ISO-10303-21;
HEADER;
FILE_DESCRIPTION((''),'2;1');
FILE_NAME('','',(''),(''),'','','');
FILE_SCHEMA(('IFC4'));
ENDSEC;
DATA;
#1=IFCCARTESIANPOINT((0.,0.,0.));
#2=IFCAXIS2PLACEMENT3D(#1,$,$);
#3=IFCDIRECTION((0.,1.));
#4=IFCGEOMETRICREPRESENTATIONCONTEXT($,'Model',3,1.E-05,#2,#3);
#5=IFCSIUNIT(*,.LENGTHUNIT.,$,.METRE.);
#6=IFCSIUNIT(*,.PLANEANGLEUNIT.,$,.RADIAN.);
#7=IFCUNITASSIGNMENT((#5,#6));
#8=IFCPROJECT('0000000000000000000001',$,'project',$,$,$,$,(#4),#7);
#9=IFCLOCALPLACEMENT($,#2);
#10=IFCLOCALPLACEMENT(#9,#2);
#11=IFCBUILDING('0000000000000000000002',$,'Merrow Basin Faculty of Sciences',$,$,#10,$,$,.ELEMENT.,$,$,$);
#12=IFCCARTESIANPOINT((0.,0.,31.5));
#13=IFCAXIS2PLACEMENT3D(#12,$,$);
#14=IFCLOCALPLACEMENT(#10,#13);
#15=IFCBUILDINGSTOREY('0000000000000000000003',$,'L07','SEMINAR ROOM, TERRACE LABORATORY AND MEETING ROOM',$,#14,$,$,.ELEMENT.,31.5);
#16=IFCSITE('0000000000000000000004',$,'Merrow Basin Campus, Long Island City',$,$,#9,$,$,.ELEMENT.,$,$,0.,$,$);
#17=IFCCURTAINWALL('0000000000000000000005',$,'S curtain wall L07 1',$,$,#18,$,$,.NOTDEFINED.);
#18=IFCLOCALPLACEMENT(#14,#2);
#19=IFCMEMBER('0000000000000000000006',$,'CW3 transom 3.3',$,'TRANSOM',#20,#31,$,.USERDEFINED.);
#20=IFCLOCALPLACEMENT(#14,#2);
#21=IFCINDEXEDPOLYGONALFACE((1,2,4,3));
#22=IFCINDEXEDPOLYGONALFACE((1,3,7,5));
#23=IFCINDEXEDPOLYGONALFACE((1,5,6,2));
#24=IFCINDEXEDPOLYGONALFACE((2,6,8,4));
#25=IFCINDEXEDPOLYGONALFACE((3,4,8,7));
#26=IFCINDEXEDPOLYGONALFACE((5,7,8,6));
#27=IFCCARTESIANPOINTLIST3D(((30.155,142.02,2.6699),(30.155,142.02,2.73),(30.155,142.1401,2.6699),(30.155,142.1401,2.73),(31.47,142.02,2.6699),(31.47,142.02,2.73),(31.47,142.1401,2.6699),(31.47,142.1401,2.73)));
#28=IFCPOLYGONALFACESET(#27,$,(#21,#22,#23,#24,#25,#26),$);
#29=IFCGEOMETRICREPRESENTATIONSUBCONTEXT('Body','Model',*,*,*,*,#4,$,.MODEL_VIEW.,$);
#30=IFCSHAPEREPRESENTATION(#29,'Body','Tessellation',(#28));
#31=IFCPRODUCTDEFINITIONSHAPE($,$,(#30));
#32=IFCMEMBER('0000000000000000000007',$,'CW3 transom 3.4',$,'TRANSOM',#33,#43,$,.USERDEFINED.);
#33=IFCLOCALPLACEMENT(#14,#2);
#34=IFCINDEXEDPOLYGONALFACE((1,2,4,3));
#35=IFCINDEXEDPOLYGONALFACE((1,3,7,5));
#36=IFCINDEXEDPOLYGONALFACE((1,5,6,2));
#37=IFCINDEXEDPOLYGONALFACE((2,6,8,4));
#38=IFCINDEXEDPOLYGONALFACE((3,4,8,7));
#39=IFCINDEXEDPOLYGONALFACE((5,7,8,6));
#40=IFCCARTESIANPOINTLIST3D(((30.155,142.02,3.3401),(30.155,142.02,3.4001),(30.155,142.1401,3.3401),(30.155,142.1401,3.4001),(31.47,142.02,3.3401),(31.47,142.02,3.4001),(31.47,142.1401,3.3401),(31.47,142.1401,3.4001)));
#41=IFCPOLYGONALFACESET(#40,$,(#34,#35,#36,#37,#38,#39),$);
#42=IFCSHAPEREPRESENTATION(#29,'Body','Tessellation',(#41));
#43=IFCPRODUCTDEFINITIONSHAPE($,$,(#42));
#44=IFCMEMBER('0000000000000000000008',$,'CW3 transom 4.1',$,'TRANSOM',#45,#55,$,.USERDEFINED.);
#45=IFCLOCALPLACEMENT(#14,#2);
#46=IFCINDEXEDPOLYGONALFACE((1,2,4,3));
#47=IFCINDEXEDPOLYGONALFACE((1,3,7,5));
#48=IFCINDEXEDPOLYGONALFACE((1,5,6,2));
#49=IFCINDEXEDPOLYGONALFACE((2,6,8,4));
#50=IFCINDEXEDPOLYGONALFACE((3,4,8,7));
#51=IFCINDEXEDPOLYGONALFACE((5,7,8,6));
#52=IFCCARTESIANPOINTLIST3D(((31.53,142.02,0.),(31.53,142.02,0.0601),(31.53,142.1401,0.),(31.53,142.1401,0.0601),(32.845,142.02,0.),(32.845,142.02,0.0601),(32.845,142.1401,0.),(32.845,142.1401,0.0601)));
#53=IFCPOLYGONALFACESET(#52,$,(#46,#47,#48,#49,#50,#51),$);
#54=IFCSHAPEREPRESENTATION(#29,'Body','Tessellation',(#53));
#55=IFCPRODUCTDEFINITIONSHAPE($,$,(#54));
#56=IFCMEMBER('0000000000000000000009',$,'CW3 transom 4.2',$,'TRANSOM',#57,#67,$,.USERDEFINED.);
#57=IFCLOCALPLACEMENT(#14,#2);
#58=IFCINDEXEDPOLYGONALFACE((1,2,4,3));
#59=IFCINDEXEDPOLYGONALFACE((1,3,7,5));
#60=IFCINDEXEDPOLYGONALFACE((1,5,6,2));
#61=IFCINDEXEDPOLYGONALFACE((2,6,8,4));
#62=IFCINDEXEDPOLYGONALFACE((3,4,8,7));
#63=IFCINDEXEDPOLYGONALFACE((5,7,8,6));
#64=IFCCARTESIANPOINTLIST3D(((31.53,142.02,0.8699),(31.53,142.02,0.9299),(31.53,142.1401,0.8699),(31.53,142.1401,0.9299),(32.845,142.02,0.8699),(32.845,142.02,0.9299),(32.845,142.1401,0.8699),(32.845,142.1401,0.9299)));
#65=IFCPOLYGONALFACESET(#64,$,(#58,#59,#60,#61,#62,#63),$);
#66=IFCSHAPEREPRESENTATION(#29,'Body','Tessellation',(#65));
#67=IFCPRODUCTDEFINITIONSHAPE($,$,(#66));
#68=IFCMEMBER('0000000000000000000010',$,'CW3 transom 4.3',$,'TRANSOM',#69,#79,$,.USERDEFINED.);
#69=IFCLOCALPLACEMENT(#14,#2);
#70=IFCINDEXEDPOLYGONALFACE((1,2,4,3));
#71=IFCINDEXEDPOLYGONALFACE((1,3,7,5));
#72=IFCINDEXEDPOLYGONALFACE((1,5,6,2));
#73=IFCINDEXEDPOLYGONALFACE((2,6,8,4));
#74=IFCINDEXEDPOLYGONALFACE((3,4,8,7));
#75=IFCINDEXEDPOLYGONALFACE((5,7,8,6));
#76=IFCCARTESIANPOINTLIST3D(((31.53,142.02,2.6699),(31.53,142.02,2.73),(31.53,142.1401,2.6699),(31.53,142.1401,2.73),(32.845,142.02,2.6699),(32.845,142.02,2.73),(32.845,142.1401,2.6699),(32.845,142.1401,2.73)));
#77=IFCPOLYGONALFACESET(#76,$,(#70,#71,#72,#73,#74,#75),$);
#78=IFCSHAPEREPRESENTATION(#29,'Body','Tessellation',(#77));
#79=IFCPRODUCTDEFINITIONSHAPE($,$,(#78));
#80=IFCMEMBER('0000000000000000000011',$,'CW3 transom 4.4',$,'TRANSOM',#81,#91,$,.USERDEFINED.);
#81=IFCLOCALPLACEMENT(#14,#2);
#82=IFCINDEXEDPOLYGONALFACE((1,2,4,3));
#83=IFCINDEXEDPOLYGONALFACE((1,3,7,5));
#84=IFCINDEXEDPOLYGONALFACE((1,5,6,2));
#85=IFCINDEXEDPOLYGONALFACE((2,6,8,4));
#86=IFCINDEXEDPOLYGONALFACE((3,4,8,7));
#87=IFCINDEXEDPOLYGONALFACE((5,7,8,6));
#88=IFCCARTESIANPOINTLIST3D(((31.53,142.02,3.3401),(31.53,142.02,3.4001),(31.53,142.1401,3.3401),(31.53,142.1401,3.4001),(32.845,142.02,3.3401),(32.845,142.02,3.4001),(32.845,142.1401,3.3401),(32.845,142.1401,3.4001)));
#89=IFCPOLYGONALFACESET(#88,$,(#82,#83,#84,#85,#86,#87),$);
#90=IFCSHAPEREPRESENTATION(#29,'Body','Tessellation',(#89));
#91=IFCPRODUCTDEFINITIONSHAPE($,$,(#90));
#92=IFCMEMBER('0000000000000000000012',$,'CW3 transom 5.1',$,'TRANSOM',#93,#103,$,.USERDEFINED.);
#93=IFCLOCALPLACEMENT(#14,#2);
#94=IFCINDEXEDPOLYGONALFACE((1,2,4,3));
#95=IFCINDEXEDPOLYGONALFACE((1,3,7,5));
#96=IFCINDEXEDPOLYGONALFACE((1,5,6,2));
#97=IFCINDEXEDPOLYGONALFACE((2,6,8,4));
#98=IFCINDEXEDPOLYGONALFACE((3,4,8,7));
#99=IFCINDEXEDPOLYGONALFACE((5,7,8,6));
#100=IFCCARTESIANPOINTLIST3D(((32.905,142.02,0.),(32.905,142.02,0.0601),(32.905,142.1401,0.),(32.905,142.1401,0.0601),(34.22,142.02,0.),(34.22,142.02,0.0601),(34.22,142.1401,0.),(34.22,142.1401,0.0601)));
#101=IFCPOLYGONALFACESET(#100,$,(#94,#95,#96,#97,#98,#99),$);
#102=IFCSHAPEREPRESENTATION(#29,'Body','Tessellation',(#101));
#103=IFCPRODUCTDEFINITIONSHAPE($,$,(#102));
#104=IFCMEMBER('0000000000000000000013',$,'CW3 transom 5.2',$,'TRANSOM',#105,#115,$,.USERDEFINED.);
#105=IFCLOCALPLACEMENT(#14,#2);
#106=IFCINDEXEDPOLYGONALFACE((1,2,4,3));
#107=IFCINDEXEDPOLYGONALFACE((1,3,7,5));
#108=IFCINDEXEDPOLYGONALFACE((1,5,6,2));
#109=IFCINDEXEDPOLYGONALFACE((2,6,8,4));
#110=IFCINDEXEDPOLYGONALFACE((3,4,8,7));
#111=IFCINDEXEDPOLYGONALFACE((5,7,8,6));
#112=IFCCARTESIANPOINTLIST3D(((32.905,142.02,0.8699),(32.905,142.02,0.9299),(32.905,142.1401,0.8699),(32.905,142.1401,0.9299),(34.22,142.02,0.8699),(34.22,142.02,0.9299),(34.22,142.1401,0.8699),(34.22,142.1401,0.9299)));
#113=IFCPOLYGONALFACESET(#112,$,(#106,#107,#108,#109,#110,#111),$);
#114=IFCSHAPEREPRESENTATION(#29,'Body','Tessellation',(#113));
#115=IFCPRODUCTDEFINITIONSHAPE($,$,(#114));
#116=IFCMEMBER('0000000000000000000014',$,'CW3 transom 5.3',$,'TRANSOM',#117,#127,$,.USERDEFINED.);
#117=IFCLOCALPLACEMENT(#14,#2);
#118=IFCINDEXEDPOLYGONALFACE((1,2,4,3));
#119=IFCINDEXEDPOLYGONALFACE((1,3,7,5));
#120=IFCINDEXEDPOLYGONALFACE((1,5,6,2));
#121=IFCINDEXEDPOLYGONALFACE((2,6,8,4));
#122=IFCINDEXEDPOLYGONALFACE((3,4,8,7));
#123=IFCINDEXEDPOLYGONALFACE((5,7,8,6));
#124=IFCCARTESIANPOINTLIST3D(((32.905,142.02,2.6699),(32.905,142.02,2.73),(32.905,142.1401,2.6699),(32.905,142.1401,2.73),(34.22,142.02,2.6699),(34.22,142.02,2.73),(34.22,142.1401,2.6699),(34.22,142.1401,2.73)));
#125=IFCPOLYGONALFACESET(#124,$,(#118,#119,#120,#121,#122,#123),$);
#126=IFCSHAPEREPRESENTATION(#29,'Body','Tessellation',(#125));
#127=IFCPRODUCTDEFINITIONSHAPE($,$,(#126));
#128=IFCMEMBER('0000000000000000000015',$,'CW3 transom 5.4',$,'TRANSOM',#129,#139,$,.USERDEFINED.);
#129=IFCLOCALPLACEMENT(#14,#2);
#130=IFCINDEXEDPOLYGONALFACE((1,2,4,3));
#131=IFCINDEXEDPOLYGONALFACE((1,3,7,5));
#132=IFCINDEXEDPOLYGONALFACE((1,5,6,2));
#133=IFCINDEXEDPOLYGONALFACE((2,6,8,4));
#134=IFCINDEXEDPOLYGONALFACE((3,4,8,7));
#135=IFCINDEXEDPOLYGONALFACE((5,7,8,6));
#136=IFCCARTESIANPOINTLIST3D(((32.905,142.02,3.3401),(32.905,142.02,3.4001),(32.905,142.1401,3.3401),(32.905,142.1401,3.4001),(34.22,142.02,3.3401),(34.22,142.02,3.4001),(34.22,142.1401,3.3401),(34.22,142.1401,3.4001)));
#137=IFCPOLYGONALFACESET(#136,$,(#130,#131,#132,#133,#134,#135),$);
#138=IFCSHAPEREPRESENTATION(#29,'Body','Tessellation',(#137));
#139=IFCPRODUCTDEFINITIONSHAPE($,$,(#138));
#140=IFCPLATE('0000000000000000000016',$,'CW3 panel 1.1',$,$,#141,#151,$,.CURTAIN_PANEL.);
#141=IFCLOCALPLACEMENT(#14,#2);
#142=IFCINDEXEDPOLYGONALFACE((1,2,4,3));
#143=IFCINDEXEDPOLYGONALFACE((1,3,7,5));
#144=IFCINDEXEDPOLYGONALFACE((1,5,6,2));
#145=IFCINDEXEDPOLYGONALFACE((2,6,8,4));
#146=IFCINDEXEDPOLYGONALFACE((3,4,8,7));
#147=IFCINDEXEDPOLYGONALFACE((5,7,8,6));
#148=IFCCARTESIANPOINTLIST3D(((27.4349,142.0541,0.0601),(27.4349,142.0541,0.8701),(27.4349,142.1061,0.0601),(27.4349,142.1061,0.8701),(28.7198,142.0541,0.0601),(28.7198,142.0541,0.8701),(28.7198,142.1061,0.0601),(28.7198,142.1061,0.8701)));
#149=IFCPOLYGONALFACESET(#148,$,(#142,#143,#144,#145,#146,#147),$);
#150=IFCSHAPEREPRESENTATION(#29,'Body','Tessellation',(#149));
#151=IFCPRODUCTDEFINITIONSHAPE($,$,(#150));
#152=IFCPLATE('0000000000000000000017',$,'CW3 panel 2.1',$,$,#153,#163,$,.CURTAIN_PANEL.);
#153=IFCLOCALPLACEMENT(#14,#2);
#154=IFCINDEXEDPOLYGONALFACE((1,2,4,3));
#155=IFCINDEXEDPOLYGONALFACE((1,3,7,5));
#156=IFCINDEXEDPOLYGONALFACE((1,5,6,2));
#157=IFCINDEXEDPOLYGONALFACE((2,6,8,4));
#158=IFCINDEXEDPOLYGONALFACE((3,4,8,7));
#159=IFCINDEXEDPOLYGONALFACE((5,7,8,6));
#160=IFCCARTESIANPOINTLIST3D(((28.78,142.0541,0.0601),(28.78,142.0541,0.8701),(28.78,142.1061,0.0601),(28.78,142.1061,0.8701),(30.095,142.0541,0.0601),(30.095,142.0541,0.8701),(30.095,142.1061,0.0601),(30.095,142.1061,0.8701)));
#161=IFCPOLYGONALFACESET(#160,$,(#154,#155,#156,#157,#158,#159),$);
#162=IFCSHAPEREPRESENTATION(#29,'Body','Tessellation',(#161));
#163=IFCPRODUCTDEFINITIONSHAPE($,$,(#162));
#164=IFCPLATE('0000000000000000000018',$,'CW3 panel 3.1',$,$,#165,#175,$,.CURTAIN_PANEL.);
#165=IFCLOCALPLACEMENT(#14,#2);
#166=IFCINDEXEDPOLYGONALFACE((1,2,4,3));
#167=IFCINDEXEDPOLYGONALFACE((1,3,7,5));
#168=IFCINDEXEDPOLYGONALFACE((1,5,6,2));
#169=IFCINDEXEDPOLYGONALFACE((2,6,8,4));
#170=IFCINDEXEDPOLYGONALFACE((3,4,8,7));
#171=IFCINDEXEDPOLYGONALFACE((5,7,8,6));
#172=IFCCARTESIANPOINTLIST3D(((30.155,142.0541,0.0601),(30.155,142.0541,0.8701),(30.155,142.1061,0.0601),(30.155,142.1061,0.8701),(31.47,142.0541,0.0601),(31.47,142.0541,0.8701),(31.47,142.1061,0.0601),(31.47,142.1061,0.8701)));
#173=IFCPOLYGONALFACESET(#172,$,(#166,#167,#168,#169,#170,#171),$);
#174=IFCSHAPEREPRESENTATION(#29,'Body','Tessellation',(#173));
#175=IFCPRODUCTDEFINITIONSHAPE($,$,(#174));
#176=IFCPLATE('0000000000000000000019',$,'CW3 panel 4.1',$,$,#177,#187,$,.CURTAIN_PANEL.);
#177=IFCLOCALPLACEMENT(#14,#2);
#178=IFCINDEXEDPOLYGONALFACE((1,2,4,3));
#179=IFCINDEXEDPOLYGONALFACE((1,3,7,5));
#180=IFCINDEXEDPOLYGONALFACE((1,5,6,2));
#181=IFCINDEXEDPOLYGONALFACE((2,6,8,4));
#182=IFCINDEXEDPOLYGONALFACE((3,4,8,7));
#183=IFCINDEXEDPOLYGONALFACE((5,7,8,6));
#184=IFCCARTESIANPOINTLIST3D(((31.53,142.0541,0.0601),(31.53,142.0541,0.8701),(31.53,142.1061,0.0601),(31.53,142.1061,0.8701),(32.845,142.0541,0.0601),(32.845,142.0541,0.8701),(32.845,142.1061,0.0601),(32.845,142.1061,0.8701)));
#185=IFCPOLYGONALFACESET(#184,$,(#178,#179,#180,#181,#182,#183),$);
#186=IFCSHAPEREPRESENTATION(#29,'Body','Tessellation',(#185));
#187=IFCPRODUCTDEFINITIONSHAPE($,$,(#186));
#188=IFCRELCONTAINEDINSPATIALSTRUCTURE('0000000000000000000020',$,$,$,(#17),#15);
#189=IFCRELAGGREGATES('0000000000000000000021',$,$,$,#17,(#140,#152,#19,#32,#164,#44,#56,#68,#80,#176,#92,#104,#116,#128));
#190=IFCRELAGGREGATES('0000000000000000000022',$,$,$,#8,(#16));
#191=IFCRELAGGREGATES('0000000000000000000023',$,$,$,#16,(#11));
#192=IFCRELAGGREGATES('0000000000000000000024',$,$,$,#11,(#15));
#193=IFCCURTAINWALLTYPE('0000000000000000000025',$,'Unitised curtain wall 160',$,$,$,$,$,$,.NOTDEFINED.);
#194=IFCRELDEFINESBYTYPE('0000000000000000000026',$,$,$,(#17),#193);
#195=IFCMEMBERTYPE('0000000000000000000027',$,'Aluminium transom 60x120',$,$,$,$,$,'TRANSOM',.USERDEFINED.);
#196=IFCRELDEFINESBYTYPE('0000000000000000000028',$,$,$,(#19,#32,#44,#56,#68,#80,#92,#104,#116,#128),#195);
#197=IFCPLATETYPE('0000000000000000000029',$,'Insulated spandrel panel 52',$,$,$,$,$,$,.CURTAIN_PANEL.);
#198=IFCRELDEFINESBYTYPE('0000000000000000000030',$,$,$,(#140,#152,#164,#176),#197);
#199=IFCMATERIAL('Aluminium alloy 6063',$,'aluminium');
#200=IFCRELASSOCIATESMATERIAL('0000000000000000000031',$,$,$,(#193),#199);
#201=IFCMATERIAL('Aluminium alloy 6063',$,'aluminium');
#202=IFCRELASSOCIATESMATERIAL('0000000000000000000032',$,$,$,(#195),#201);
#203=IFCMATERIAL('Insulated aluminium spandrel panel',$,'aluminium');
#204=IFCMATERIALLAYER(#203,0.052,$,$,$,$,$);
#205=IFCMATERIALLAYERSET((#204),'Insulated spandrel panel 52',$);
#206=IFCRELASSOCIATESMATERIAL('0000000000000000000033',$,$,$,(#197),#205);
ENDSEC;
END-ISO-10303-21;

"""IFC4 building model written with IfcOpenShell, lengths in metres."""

from ifc_helpers import new_model, si_unit, direction, frame, origin, origin_2d, place, context, subcontext, project, spatial, rectangle, extrude, material, layer, layer_set, material_profile, profile_set, type_object, element, aggregate, save


model = new_model("IFC4")

# Units and contexts
model_context = context("Model", 3, precision=1e-05, world=origin(), true_north=direction((0.0, 1.0)))
body_context = subcontext(model_context, "Body", "Model", "MODEL_VIEW")
ifc_project = project(units=[si_unit("LENGTHUNIT", "METRE"), si_unit("PLANEANGLEUNIT", "RADIAN")], contexts=[model_context])

# Site, building, storey
site_placement = place(None, origin())
site = spatial("IfcSite", under=ifc_project, at=site_placement, Name="Merrow Basin Campus, Long Island City", CompositionType="ELEMENT", RefElevation=0.0)
building_placement = place(site_placement, origin())
building = spatial("IfcBuilding", under=site, at=building_placement, Name="Merrow Basin Faculty of Sciences", CompositionType="ELEMENT")
storey_placement = place(building_placement, frame((0.0, 0.0, 31.5)))
storey = spatial("IfcBuildingStorey", under=building, at=storey_placement, Name="L07", Description="SEMINAR ROOM, TERRACE LABORATORY AND MEETING ROOM", CompositionType="ELEMENT", Elevation=31.5)

# Curtain wall, members, plates
ifc_material_1 = material(Name="Aluminium alloy 6063", Category="aluminium")
curtain_wall_type = type_object("IfcCurtainWallType", Name="Unitised curtain wall 160", PredefinedType="NOTDEFINED", material=ifc_material_1)
curtain_wall_placement = place(storey_placement, origin())
curtain_wall = element("IfcCurtainWall", 1, at=curtain_wall_placement, inside=storey, type_object=curtain_wall_type, Name="S curtain wall L07 1", PredefinedType="NOTDEFINED")
ifc_material_2 = material(Name="Aluminium alloy 6063", Category="aluminium")
ifc_material_profile_1 = material_profile(ifc_material_2, rectangle(XDim=0.1201, YDim=0.0601, at=origin_2d()))
ifc_profile_set_1 = profile_set([ifc_material_profile_1], Name="Aluminium alloy 6063")
member_type_1 = type_object("IfcMemberType", Name="Aluminium transom 60x120", ElementType="TRANSOM", PredefinedType="USERDEFINED", material=ifc_profile_set_1)
member_1_placement = place(storey_placement, frame((30.155, 142.0801, 2.7), z_axis=(1.0, 0.0, 0.0), x_axis=(0.0, 1.0, 0.0)))
member_1 = element("IfcMember", 2, at=member_1_placement, type_object=member_type_1, Name="CW3 transom 3.3", ObjectType="TRANSOM", PredefinedType="USERDEFINED", context=body_context, shape_type="SweptSolid", body=[
    extrude(rectangle(XDim=0.1201, YDim=0.0601, at=origin_2d()), origin(), (0.0, 0.0, 1.0), 1.3149),
])
member_2_placement = place(storey_placement, frame((30.155, 142.0801, 3.3701), z_axis=(1.0, 0.0, 0.0), x_axis=(0.0, 1.0, 0.0)))
member_2 = element("IfcMember", 3, at=member_2_placement, type_object=member_type_1, Name="CW3 transom 3.4", ObjectType="TRANSOM", PredefinedType="USERDEFINED", context=body_context, shape_type="SweptSolid", body=[
    extrude(rectangle(XDim=0.1201, YDim=0.0601, at=origin_2d()), origin(), (0.0, 0.0, 1.0), 1.3149),
])
member_3_placement = place(storey_placement, frame((31.53, 142.0801, 0.03), z_axis=(1.0, 0.0, 0.0), x_axis=(0.0, 1.0, 0.0)))
member_3 = element("IfcMember", 4, at=member_3_placement, type_object=member_type_1, Name="CW3 transom 4.1", ObjectType="TRANSOM", PredefinedType="USERDEFINED", context=body_context, shape_type="SweptSolid", body=[
    extrude(rectangle(XDim=0.1201, YDim=0.0601, at=origin_2d()), origin(), (0.0, 0.0, 1.0), 1.3149),
])
member_4_placement = place(storey_placement, frame((31.53, 142.0801, 0.8999), z_axis=(1.0, 0.0, 0.0), x_axis=(0.0, 1.0, 0.0)))
member_4 = element("IfcMember", 5, at=member_4_placement, type_object=member_type_1, Name="CW3 transom 4.2", ObjectType="TRANSOM", PredefinedType="USERDEFINED", context=body_context, shape_type="SweptSolid", body=[
    extrude(rectangle(XDim=0.1201, YDim=0.0601, at=origin_2d()), origin(), (0.0, 0.0, 1.0), 1.3149),
])
member_5_placement = place(storey_placement, frame((31.53, 142.0801, 2.7), z_axis=(1.0, 0.0, 0.0), x_axis=(0.0, 1.0, 0.0)))
member_5 = element("IfcMember", 6, at=member_5_placement, type_object=member_type_1, Name="CW3 transom 4.3", ObjectType="TRANSOM", PredefinedType="USERDEFINED", context=body_context, shape_type="SweptSolid", body=[
    extrude(rectangle(XDim=0.1201, YDim=0.0601, at=origin_2d()), origin(), (0.0, 0.0, 1.0), 1.3149),
])
member_6_placement = place(storey_placement, frame((31.53, 142.0801, 3.3701), z_axis=(1.0, 0.0, 0.0), x_axis=(0.0, 1.0, 0.0)))
member_6 = element("IfcMember", 7, at=member_6_placement, type_object=member_type_1, Name="CW3 transom 4.4", ObjectType="TRANSOM", PredefinedType="USERDEFINED", context=body_context, shape_type="SweptSolid", body=[
    extrude(rectangle(XDim=0.1201, YDim=0.0601, at=origin_2d()), origin(), (0.0, 0.0, 1.0), 1.3149),
])
member_7_placement = place(storey_placement, frame((32.905, 142.0801, 0.03), z_axis=(1.0, 0.0, 0.0), x_axis=(0.0, 1.0, 0.0)))
member_7 = element("IfcMember", 8, at=member_7_placement, type_object=member_type_1, Name="CW3 transom 5.1", ObjectType="TRANSOM", PredefinedType="USERDEFINED", context=body_context, shape_type="SweptSolid", body=[
    extrude(rectangle(XDim=0.1201, YDim=0.0601, at=origin_2d()), origin(), (0.0, 0.0, 1.0), 1.3149),
])
member_8_placement = place(storey_placement, frame((32.905, 142.0801, 0.8999), z_axis=(1.0, 0.0, 0.0), x_axis=(0.0, 1.0, 0.0)))
member_8 = element("IfcMember", 9, at=member_8_placement, type_object=member_type_1, Name="CW3 transom 5.2", ObjectType="TRANSOM", PredefinedType="USERDEFINED", context=body_context, shape_type="SweptSolid", body=[
    extrude(rectangle(XDim=0.1201, YDim=0.0601, at=origin_2d()), origin(), (0.0, 0.0, 1.0), 1.3149),
])
member_9_placement = place(storey_placement, frame((32.905, 142.0801, 2.7), z_axis=(1.0, 0.0, 0.0), x_axis=(0.0, 1.0, 0.0)))
member_9 = element("IfcMember", 10, at=member_9_placement, type_object=member_type_1, Name="CW3 transom 5.3", ObjectType="TRANSOM", PredefinedType="USERDEFINED", context=body_context, shape_type="SweptSolid", body=[
    extrude(rectangle(XDim=0.1201, YDim=0.0601, at=origin_2d()), origin(), (0.0, 0.0, 1.0), 1.3149),
])
member_10_placement = place(storey_placement, frame((32.905, 142.0801, 3.3701), z_axis=(1.0, 0.0, 0.0), x_axis=(0.0, 1.0, 0.0)))
member_10 = element("IfcMember", 11, at=member_10_placement, type_object=member_type_1, Name="CW3 transom 5.4", ObjectType="TRANSOM", PredefinedType="USERDEFINED", context=body_context, shape_type="SweptSolid", body=[
    extrude(rectangle(XDim=0.1201, YDim=0.0601, at=origin_2d()), origin(), (0.0, 0.0, 1.0), 1.3149),
])
ifc_material_3 = material(Name="Insulated aluminium spandrel panel", Category="aluminium")
ifc_layer_1 = layer(ifc_material_3, 0.052)
ifc_layer_set_1 = layer_set([ifc_layer_1], Name="Insulated spandrel panel 52")
plate_type_1 = type_object("IfcPlateType", Name="Insulated spandrel panel 52", PredefinedType="CURTAIN_PANEL", material=ifc_layer_set_1)
plate_1_placement = place(storey_placement, frame((28.0774, 142.0801, 0.0601), z_axis=(0.0, 0.0, 1.0), x_axis=(1.0, 0.0, 0.0)))
plate_1 = element("IfcPlate", 12, at=plate_1_placement, type_object=plate_type_1, Name="CW3 panel 1.1", PredefinedType="CURTAIN_PANEL", context=body_context, shape_type="SweptSolid", body=[
    extrude(rectangle(XDim=1.2849, YDim=0.052, at=origin_2d()), origin(), (0.0, 0.0, 1.0), 0.8101),
])
plate_2_placement = place(storey_placement, frame((29.4375, 142.0801, 0.0601), z_axis=(0.0, 0.0, 1.0), x_axis=(1.0, 0.0, 0.0)))
plate_2 = element("IfcPlate", 13, at=plate_2_placement, type_object=plate_type_1, Name="CW3 panel 2.1", PredefinedType="CURTAIN_PANEL", context=body_context, shape_type="SweptSolid", body=[
    extrude(rectangle(XDim=1.3149, YDim=0.052, at=origin_2d()), origin(), (0.0, 0.0, 1.0), 0.8101),
])
plate_3_placement = place(storey_placement, frame((30.8125, 142.0801, 0.0601), z_axis=(0.0, 0.0, 1.0), x_axis=(1.0, 0.0, 0.0)))
plate_3 = element("IfcPlate", 14, at=plate_3_placement, type_object=plate_type_1, Name="CW3 panel 3.1", PredefinedType="CURTAIN_PANEL", context=body_context, shape_type="SweptSolid", body=[
    extrude(rectangle(XDim=1.3149, YDim=0.052, at=origin_2d()), origin(), (0.0, 0.0, 1.0), 0.8101),
])
plate_4_placement = place(storey_placement, frame((32.1875, 142.0801, 0.0601), z_axis=(0.0, 0.0, 1.0), x_axis=(1.0, 0.0, 0.0)))
plate_4 = element("IfcPlate", 15, at=plate_4_placement, type_object=plate_type_1, Name="CW3 panel 4.1", PredefinedType="CURTAIN_PANEL", context=body_context, shape_type="SweptSolid", body=[
    extrude(rectangle(XDim=1.3149, YDim=0.052, at=origin_2d()), origin(), (0.0, 0.0, 1.0), 0.8101),
])
aggregate(curtain_wall, [plate_1, plate_2, member_1, member_2, plate_3, member_3, member_4, member_5, member_6, plate_4, member_7, member_8, member_9, member_10])

save(model, "model.ifc")
